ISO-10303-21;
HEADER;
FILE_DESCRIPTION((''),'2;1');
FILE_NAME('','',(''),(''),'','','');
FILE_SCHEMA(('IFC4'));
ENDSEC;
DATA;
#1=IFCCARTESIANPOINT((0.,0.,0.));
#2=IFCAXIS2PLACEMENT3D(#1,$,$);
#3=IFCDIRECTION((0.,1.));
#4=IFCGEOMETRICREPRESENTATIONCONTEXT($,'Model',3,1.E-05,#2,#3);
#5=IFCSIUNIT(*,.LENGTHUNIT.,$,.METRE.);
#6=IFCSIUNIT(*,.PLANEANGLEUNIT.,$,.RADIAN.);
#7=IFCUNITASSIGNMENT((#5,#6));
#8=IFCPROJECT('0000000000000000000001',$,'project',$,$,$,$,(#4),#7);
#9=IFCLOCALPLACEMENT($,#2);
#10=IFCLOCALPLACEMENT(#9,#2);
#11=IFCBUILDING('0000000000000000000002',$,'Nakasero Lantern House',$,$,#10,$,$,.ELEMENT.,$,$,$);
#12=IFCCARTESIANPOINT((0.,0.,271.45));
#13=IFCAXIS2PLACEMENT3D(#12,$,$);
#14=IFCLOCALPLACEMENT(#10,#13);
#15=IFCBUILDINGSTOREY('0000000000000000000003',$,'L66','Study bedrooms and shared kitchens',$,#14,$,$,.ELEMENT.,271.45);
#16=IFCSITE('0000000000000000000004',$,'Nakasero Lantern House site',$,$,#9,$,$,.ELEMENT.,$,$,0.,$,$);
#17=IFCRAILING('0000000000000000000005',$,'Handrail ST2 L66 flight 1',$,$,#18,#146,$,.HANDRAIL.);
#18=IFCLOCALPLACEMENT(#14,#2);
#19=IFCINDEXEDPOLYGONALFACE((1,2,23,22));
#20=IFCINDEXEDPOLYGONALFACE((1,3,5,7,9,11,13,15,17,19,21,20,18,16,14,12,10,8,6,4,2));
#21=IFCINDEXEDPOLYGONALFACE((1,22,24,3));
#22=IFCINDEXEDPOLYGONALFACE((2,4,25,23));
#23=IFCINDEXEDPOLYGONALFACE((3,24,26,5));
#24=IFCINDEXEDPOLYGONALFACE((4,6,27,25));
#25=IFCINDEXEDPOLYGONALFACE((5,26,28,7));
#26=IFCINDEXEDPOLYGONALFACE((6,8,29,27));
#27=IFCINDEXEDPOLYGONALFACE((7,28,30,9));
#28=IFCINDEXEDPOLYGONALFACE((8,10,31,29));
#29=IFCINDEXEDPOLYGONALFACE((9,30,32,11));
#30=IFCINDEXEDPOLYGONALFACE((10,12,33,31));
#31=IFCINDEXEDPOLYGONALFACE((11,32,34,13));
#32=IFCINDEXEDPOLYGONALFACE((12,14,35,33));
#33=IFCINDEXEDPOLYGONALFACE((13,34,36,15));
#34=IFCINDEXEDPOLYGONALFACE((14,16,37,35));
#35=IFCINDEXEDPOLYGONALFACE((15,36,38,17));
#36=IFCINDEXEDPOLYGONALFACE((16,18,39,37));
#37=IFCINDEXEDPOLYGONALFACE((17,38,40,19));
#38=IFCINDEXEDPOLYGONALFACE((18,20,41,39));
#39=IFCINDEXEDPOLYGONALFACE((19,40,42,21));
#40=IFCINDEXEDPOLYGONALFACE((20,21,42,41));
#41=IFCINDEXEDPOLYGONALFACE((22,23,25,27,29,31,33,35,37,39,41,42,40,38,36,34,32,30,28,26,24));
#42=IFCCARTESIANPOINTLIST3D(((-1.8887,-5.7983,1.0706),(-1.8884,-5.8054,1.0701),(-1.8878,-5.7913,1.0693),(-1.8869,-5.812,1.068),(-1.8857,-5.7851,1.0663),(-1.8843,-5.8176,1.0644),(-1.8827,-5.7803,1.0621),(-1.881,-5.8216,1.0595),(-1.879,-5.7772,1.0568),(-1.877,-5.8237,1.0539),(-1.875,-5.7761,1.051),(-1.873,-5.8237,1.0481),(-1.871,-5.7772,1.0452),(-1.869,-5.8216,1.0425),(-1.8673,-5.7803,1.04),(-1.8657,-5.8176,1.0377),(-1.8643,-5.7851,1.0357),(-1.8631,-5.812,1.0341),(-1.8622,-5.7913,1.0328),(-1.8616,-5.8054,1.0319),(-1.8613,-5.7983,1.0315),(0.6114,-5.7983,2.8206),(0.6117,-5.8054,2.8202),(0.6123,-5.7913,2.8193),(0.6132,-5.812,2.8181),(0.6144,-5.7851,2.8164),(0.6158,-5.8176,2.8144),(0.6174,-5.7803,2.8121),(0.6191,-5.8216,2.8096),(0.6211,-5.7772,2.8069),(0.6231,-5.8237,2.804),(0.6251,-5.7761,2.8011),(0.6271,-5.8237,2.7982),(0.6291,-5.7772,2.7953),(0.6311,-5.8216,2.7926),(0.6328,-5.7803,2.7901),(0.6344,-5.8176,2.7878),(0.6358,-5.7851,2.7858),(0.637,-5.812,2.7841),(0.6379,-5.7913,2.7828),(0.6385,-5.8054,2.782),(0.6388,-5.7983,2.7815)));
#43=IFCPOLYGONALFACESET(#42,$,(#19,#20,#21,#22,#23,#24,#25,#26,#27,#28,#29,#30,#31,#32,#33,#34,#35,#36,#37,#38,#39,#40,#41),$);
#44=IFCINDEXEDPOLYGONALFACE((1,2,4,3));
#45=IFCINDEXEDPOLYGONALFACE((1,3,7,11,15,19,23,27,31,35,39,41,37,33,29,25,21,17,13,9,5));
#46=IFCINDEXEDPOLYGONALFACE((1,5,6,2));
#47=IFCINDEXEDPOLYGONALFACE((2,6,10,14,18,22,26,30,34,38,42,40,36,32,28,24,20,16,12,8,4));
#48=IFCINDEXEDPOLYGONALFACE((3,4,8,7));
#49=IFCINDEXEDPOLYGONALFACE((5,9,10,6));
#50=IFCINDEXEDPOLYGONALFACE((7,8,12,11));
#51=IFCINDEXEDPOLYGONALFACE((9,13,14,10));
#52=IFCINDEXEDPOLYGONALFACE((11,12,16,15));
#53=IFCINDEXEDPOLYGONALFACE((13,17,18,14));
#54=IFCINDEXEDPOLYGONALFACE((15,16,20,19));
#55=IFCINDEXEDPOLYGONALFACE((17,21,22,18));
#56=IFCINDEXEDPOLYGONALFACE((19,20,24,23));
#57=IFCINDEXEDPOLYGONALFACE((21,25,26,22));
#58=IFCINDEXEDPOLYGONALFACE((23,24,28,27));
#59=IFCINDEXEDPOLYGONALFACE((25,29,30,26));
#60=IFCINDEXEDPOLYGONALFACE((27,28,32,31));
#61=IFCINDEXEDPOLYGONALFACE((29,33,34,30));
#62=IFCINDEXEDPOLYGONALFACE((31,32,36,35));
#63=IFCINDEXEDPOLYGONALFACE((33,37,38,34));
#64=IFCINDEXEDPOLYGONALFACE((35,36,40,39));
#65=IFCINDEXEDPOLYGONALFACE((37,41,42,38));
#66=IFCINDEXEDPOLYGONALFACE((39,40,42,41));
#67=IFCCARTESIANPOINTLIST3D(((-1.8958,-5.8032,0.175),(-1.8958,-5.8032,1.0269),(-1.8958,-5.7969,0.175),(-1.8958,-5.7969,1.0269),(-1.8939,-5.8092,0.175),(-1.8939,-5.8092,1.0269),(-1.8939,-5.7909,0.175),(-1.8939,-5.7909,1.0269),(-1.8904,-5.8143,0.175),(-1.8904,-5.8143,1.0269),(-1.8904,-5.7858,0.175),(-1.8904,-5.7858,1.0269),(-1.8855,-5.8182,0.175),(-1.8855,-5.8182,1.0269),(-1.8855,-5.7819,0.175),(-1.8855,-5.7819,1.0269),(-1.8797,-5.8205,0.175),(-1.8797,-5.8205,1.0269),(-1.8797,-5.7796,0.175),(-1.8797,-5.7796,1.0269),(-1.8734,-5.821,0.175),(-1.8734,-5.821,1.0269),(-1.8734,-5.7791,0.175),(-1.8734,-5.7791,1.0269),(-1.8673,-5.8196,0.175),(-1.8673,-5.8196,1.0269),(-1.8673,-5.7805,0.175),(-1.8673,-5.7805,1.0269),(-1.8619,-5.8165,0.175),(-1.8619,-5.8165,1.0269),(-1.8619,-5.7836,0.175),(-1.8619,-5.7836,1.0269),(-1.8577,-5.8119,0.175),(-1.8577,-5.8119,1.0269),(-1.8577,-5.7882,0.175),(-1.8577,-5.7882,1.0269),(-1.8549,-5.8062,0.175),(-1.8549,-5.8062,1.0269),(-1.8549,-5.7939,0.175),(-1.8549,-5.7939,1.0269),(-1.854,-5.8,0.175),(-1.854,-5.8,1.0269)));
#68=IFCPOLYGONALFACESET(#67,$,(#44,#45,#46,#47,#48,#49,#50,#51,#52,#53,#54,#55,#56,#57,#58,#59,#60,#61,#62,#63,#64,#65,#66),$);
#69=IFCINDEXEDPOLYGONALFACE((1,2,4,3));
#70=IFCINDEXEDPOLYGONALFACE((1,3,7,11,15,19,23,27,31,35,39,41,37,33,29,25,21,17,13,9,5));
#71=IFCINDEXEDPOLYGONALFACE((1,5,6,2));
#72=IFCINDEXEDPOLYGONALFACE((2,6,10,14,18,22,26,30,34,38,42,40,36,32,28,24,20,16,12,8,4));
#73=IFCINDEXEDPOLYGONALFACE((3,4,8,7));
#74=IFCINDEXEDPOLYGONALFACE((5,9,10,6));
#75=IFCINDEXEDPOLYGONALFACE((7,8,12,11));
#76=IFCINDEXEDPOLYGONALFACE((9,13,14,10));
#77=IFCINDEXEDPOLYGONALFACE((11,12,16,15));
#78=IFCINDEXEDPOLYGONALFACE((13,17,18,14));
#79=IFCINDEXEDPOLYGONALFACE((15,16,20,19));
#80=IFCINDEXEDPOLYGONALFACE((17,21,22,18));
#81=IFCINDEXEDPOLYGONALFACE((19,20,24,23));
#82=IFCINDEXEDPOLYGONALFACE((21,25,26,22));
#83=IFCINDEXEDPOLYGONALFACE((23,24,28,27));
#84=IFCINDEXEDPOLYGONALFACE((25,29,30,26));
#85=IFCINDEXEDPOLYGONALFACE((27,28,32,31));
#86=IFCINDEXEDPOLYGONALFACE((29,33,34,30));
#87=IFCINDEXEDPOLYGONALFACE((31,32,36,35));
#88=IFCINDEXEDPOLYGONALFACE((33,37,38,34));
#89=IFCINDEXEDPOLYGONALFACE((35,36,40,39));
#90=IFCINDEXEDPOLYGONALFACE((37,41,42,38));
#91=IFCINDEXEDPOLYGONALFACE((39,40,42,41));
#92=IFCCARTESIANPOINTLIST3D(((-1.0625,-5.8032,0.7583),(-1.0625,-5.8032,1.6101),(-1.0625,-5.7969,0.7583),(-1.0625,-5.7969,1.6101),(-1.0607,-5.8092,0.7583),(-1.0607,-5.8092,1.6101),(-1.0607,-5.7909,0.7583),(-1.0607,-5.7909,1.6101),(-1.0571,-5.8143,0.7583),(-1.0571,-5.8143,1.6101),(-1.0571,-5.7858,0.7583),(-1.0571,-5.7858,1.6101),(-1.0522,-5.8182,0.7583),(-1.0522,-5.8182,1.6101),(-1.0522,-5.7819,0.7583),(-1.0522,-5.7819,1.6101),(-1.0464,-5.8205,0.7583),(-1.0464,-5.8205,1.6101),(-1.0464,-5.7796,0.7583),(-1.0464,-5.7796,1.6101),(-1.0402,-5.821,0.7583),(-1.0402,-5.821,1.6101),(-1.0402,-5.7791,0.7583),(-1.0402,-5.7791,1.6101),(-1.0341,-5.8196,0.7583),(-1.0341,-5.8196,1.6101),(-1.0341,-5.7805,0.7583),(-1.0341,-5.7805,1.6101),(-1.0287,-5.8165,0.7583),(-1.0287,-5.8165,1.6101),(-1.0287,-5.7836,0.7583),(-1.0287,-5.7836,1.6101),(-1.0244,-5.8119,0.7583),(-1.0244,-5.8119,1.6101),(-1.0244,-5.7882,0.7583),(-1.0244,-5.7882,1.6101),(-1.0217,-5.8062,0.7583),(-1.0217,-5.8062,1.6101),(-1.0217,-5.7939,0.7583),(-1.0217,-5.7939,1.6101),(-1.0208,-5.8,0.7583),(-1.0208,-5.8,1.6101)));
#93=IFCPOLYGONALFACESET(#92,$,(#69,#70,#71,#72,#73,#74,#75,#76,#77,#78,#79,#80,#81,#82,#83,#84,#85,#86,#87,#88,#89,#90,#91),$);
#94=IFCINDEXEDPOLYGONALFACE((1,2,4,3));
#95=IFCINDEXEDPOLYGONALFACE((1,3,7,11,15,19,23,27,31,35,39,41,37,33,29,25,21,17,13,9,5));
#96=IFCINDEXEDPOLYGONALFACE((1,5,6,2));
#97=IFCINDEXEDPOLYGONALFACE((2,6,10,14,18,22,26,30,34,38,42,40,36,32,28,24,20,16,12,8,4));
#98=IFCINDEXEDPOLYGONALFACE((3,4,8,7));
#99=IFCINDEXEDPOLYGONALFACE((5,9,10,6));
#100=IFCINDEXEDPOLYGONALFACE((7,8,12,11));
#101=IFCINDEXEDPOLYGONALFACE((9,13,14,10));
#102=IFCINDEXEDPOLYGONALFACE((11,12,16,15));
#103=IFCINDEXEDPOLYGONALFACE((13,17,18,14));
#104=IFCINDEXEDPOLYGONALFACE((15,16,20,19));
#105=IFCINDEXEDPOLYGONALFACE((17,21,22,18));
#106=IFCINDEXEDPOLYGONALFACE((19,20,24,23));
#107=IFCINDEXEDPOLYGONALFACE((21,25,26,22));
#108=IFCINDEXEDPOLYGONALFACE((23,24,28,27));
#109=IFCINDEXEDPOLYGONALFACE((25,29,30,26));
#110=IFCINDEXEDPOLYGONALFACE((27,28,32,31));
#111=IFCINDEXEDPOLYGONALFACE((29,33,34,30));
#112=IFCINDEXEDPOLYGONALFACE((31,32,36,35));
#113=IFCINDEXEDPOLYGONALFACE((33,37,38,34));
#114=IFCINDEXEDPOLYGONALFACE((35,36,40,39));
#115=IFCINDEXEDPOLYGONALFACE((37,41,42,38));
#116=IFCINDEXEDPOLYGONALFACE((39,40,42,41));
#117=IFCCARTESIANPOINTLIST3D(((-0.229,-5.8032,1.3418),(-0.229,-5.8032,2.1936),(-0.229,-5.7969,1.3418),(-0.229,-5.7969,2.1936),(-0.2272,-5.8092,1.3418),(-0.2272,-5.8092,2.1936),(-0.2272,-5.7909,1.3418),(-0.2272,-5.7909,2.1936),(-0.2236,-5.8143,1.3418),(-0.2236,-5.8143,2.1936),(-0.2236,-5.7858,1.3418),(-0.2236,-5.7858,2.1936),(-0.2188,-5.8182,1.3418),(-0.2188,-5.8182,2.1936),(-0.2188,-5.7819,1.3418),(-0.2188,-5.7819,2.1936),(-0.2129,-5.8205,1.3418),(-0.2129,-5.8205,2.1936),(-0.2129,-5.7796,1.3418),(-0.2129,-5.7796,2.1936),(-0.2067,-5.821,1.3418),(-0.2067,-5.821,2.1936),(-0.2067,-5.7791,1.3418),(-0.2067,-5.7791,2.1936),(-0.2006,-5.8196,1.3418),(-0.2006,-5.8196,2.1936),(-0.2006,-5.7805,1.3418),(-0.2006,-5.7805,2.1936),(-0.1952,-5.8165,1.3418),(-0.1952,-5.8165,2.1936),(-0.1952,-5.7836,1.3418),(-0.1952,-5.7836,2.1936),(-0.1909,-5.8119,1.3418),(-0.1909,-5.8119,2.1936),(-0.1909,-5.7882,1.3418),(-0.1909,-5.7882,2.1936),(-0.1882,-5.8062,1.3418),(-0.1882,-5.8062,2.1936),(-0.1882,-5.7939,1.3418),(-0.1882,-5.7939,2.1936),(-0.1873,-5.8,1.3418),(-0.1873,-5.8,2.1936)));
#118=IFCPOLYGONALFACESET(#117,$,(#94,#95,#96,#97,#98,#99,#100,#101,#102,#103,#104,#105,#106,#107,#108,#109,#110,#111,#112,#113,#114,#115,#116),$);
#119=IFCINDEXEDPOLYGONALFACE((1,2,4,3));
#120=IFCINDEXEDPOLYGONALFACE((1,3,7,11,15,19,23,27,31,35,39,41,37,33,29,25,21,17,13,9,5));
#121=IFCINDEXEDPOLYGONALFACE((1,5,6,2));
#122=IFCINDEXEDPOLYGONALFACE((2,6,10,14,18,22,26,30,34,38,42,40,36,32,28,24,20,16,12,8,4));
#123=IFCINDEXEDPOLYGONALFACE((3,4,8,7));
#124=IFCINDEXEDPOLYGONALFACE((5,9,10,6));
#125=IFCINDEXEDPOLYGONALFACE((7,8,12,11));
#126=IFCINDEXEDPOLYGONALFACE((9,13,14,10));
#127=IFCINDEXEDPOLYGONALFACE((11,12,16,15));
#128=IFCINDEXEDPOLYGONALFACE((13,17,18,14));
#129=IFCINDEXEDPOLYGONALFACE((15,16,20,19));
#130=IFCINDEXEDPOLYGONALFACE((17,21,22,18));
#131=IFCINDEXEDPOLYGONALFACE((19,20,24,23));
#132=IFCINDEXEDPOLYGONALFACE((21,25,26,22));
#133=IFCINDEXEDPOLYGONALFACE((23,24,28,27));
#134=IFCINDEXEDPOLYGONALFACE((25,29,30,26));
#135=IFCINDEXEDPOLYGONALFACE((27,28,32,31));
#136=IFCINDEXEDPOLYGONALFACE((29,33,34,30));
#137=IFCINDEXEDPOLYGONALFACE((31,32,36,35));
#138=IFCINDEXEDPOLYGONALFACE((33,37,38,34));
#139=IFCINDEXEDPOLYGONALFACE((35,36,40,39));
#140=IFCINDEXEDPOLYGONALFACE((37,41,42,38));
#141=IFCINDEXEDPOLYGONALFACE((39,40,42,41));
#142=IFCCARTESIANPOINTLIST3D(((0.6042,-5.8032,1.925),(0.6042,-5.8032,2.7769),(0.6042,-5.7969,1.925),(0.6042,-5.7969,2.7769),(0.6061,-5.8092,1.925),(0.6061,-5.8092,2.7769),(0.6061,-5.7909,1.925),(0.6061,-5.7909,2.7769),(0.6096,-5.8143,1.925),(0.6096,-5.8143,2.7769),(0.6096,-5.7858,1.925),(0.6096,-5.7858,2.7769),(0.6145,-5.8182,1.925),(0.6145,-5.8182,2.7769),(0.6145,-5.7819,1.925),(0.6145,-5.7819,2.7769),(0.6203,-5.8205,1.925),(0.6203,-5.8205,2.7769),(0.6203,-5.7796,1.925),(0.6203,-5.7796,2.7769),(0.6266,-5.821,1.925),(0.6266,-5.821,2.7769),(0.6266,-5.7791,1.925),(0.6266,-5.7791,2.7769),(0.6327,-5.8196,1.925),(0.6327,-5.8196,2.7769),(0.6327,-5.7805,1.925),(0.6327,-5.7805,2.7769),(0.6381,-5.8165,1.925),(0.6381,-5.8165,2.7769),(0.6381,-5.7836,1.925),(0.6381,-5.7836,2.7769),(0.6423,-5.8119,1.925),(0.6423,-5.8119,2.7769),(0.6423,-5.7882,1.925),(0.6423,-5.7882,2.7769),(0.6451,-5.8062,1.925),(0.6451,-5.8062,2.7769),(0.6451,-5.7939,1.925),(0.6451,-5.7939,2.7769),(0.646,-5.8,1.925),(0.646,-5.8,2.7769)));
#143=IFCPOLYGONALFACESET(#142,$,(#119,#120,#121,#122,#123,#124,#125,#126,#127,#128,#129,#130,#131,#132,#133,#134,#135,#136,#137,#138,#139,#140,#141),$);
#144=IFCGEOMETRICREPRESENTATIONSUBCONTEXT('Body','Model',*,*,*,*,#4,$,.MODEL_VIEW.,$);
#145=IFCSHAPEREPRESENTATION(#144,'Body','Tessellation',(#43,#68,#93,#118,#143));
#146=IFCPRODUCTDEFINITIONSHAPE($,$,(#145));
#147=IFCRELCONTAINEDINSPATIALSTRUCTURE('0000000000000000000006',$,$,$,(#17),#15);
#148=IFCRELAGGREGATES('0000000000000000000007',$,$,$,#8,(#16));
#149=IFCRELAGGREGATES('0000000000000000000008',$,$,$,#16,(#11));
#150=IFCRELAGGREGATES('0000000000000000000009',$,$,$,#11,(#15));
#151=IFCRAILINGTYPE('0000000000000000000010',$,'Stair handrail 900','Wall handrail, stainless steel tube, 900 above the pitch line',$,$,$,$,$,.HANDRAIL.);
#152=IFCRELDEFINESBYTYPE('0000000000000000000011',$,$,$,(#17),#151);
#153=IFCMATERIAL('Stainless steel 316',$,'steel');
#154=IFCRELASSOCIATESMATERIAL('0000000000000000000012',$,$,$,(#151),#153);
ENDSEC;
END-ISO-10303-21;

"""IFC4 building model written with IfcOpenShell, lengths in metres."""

from ifc_helpers import new_model, si_unit, direction, frame, origin, origin_2d, place, context, subcontext, project, spatial, circle, extrude, material, type_object, element, save


model = new_model("IFC4")

# Units and contexts
model_context = context("Model", 3, precision=1e-05, world=origin(), true_north=direction((0.0, 1.0)))
body_context = subcontext(model_context, "Body", "Model", "MODEL_VIEW")
ifc_project = project(units=[si_unit("LENGTHUNIT", "METRE"), si_unit("PLANEANGLEUNIT", "RADIAN")], contexts=[model_context])

# Site, building, storey
site_placement = place(None, origin())
site = spatial("IfcSite", under=ifc_project, at=site_placement, Name="Nakasero Lantern House site", CompositionType="ELEMENT", RefElevation=0.0)
building_placement = place(site_placement, origin())
building = spatial("IfcBuilding", under=site, at=building_placement, Name="Nakasero Lantern House", CompositionType="ELEMENT")
storey_placement = place(building_placement, frame((0.0, 0.0, 271.45)))
storey = spatial("IfcBuildingStorey", under=building, at=storey_placement, Name="L66", Description="Study bedrooms and shared kitchens", CompositionType="ELEMENT", Elevation=271.45)

# Railing
ifc_material_1 = material(Name="Stainless steel 316", Category="steel")
railing_type = type_object("IfcRailingType", Name="Stair handrail 900", Description="Wall handrail, stainless steel tube, 900 above the pitch line", PredefinedType="HANDRAIL", material=ifc_material_1)
railing_placement = place(storey_placement, frame((-1.875, -5.8, 0.175)))
element("IfcRailing", 1, at=railing_placement, inside=storey, type_object=railing_type, Name="Handrail ST2 L66 flight 1", PredefinedType="HANDRAIL", context=body_context, shape_type="SweptSolid", body=[
    extrude(circle(Radius=0.0239, at=origin_2d()), frame((0.0, 0.0, 0.876), z_axis=(0.819232, 0.0, 0.573462), x_axis=(0.0, 1.0, 0.0)), (0.0, 0.0, 1.0), 3.0518),
    extrude(circle(Radius=0.021, at=origin_2d()), origin(), (0.0, 0.0, 1.0), 0.8518),
    extrude(circle(Radius=0.021, at=origin_2d()), frame((0.8333, 0.0, 0.5833)), (0.0, 0.0, 1.0), 0.8518),
    extrude(circle(Radius=0.021, at=origin_2d()), frame((1.6667, 0.0, 1.1667)), (0.0, 0.0, 1.0), 0.8518),
    extrude(circle(Radius=0.021, at=origin_2d()), frame((2.5, 0.0, 1.75)), (0.0, 0.0, 1.0), 0.8518),
])

save(model, "model.ifc")
